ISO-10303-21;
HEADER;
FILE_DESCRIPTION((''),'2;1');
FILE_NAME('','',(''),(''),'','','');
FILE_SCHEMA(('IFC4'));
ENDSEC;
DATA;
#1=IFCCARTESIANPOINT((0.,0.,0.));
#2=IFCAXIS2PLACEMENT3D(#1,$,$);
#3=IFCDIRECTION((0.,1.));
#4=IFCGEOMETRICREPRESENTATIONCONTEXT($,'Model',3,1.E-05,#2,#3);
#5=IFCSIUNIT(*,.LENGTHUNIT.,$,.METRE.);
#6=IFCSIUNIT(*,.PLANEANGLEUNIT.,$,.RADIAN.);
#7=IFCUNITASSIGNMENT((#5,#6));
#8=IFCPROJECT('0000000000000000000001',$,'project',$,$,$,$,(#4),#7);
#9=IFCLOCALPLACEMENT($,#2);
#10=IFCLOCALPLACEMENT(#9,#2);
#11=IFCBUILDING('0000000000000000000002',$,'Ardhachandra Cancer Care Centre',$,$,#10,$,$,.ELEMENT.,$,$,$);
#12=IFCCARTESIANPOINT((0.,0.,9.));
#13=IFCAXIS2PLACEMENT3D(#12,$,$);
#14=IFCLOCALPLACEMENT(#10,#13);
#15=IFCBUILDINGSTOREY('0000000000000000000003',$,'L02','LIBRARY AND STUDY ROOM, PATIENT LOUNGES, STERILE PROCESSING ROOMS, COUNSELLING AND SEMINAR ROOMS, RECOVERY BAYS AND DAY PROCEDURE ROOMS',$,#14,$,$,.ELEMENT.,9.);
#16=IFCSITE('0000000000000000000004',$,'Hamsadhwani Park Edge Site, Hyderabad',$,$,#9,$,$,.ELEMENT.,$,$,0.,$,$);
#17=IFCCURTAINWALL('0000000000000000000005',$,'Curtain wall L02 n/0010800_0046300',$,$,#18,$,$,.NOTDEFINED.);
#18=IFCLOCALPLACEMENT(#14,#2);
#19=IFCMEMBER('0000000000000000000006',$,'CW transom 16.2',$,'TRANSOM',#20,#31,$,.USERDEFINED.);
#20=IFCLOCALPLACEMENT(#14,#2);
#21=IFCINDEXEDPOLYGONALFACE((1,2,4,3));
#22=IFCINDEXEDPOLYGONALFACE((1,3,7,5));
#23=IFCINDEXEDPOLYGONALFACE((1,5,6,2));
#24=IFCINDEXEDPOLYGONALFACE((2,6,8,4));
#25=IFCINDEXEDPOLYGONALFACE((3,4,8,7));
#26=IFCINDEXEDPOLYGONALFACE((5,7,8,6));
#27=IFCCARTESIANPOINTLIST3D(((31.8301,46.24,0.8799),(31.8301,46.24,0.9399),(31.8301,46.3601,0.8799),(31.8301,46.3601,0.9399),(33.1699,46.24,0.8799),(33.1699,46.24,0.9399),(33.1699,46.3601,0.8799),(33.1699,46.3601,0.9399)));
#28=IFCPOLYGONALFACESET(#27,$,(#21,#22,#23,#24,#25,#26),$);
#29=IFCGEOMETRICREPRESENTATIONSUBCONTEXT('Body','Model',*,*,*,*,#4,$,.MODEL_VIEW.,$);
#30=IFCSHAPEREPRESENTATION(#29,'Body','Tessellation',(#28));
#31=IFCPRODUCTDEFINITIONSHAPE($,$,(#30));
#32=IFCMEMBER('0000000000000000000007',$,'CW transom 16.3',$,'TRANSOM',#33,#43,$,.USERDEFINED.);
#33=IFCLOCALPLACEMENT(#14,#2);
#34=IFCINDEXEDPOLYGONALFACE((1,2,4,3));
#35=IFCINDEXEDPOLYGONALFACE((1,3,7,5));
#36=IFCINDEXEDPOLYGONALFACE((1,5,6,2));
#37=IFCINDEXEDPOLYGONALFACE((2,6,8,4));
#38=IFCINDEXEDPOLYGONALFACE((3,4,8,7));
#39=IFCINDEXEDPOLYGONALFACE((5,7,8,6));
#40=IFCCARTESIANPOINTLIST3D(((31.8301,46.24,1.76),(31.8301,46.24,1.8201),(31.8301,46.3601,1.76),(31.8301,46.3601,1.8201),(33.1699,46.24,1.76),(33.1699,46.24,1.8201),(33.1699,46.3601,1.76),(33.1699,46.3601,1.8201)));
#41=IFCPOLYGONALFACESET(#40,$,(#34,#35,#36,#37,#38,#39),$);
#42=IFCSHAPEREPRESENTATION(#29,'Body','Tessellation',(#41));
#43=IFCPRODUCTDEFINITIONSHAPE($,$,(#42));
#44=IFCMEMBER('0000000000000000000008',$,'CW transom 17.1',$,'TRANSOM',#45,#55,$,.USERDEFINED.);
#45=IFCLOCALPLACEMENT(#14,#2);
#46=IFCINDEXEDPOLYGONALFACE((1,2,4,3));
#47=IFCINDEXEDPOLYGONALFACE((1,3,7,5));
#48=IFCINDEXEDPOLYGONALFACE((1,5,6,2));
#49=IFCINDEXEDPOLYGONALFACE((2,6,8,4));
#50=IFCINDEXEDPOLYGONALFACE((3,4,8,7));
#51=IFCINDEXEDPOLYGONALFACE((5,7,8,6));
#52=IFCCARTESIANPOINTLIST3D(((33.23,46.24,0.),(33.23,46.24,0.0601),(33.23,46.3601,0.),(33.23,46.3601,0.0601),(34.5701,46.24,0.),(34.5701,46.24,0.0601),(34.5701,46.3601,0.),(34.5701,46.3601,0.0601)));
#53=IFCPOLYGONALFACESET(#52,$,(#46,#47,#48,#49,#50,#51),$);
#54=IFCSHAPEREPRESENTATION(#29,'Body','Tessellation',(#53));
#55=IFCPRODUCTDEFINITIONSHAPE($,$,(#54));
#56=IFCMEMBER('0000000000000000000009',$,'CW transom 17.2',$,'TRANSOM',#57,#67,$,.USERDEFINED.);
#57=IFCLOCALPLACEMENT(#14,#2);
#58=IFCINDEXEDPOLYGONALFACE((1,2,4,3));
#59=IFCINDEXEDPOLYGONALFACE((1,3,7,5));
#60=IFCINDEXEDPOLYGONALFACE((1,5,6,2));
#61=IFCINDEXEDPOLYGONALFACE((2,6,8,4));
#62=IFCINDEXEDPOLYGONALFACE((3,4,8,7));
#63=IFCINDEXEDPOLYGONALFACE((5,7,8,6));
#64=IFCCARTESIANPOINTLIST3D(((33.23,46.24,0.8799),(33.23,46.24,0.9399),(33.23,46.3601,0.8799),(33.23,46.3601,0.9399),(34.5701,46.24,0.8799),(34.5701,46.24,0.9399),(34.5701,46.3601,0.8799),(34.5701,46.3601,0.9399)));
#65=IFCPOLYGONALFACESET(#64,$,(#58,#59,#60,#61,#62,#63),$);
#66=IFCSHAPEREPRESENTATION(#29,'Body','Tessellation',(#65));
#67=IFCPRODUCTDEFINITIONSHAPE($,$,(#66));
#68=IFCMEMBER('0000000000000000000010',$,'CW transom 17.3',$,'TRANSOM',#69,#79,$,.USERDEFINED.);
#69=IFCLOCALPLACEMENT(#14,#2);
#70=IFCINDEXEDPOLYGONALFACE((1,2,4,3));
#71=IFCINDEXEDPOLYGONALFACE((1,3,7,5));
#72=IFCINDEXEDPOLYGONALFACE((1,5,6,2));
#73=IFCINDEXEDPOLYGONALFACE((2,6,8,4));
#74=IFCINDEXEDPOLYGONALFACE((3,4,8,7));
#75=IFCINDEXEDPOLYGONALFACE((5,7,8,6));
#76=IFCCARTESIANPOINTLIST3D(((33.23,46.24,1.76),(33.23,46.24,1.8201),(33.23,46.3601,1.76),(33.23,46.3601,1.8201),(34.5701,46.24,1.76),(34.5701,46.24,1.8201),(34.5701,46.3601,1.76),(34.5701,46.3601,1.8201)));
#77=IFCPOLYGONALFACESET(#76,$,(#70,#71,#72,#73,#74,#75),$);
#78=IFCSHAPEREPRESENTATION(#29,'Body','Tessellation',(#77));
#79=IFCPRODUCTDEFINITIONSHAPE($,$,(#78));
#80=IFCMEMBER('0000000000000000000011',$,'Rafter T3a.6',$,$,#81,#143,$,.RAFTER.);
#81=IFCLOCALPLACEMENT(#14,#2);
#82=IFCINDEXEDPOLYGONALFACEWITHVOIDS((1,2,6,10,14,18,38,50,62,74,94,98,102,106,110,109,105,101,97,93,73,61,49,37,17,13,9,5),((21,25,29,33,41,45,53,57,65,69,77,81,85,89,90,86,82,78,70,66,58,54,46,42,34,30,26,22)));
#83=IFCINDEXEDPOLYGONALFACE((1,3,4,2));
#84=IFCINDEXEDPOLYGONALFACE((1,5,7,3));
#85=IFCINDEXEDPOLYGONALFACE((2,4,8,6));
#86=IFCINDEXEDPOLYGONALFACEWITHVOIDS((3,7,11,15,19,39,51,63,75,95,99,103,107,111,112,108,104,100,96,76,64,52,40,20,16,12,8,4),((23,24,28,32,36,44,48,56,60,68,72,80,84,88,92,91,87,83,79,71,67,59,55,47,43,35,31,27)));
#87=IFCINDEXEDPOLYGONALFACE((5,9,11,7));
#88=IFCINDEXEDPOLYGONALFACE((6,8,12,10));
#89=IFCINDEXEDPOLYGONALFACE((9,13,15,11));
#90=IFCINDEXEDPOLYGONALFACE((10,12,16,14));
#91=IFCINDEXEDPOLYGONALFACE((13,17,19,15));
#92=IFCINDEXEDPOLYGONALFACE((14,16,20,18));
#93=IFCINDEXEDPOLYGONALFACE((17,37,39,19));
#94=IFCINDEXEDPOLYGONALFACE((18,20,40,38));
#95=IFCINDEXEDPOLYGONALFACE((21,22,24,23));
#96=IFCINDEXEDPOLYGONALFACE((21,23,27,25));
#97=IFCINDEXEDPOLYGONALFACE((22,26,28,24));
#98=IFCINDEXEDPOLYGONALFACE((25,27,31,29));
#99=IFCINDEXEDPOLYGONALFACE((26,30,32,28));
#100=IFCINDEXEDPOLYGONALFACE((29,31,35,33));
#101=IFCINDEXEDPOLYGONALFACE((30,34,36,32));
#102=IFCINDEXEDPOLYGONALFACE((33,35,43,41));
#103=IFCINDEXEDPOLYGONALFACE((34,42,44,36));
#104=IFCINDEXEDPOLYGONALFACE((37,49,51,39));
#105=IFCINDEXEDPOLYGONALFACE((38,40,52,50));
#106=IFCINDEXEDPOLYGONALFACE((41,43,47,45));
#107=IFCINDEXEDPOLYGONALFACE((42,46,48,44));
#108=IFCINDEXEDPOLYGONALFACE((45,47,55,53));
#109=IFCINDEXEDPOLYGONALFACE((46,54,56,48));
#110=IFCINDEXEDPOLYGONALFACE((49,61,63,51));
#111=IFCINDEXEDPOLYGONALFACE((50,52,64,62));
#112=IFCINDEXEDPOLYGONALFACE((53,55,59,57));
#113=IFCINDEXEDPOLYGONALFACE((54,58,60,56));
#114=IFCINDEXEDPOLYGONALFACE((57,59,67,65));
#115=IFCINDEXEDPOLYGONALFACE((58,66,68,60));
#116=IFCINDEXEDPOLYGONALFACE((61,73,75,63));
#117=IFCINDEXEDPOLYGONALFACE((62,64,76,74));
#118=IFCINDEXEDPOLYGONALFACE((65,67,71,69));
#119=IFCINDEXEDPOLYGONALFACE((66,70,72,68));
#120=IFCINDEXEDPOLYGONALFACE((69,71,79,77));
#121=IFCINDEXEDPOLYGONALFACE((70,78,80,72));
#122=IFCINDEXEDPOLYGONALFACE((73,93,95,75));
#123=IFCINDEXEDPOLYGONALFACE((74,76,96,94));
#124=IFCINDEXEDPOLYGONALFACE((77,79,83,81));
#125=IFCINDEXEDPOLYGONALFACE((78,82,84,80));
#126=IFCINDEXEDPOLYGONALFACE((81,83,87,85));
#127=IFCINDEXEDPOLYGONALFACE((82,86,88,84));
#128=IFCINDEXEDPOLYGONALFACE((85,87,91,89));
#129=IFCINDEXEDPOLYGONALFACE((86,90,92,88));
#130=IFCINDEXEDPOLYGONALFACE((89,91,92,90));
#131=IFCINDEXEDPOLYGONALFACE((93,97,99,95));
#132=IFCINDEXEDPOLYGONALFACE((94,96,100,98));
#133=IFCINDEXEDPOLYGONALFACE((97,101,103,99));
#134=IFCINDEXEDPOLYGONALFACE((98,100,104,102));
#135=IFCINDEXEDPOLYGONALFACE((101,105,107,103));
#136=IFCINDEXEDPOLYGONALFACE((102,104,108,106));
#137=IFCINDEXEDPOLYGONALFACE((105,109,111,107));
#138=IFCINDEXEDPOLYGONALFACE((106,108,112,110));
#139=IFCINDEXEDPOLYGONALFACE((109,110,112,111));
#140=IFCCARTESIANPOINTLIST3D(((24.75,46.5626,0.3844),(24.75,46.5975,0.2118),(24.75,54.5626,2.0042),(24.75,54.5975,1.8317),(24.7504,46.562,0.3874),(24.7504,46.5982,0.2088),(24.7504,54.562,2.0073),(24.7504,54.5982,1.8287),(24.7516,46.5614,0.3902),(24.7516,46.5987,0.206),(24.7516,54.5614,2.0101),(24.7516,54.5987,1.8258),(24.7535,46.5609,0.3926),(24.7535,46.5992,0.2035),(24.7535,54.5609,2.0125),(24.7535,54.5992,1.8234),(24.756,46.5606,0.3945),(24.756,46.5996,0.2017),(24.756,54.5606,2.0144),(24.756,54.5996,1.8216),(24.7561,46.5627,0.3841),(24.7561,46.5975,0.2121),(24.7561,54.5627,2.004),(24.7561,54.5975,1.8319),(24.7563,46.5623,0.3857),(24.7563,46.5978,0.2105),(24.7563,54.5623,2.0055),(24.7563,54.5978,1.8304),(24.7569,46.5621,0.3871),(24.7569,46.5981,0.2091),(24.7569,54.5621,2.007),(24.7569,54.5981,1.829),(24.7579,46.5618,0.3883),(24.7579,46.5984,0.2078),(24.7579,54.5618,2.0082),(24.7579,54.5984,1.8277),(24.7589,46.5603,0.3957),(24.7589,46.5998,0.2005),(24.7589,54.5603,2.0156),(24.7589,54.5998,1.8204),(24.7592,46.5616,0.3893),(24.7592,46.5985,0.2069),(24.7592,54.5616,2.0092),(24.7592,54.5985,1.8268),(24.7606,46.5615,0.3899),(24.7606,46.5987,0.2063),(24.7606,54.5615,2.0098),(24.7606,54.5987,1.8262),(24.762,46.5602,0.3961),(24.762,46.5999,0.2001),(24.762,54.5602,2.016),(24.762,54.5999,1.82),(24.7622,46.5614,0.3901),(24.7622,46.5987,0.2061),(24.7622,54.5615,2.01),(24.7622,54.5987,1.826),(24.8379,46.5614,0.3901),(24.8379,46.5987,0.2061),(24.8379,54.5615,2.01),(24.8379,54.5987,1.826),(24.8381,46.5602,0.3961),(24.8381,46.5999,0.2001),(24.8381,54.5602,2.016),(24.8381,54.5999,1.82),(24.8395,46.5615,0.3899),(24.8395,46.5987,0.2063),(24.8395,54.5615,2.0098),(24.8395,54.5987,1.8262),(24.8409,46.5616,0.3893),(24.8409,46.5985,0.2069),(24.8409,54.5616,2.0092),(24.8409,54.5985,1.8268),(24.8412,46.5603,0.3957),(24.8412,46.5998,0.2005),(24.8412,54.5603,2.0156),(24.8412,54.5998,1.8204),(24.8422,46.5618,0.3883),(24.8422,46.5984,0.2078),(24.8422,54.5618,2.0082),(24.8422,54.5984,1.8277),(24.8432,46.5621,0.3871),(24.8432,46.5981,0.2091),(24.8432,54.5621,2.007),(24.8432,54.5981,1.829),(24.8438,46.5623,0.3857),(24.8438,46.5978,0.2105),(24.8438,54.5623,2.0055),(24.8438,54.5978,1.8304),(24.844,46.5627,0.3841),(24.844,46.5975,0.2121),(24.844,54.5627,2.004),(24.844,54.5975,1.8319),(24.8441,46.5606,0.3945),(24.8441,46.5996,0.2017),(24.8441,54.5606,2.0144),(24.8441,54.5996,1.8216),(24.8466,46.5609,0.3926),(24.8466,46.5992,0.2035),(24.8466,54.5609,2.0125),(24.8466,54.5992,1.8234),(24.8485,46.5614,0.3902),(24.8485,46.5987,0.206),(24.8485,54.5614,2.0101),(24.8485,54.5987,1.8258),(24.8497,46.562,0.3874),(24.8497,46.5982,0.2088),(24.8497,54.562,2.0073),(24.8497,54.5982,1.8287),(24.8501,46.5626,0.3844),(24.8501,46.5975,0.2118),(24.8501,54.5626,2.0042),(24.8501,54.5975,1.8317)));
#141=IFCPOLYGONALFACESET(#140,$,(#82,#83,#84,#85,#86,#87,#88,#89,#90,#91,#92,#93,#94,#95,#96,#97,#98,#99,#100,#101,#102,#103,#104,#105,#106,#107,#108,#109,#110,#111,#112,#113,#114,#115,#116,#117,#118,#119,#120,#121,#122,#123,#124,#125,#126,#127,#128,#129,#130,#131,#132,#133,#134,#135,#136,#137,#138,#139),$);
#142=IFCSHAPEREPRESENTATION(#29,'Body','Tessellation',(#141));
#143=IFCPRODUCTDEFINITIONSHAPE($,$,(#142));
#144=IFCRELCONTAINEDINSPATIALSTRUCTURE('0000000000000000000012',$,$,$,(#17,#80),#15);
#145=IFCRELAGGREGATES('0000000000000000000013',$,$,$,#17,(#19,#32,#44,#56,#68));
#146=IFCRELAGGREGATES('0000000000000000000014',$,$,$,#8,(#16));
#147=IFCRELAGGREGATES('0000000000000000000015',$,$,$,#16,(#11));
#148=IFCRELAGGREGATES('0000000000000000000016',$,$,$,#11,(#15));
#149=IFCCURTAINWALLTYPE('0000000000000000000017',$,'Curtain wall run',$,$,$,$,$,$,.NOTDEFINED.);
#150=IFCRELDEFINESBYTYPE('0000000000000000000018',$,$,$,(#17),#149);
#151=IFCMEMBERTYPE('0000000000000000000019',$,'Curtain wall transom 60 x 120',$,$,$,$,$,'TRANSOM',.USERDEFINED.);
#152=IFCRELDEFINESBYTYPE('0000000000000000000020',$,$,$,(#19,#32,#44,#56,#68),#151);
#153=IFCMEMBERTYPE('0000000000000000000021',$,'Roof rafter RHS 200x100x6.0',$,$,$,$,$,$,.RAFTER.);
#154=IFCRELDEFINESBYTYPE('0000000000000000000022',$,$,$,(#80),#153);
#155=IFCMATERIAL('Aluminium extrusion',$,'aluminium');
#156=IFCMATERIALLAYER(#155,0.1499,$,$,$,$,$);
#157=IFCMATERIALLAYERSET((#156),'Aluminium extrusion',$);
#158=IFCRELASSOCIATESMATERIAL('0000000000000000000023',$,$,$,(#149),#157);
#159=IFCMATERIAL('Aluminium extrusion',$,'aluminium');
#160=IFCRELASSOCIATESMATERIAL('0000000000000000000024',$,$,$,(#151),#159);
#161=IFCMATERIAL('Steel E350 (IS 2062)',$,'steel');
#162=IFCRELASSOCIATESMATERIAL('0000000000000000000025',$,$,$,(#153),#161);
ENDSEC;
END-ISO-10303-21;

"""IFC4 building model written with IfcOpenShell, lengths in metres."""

from ifc_helpers import new_model, si_unit, direction, frame, origin, origin_2d, place, context, subcontext, project, spatial, rectangle, hollow_rectangle, extrude, material, layer, layer_set, material_profile, profile_set, type_object, element, aggregate, save


model = new_model("IFC4")

# Units and contexts
model_context = context("Model", 3, precision=1e-05, world=origin(), true_north=direction((0.0, 1.0)))
body_context = subcontext(model_context, "Body", "Model", "MODEL_VIEW")
ifc_project = project(units=[si_unit("LENGTHUNIT", "METRE"), si_unit("PLANEANGLEUNIT", "RADIAN")], contexts=[model_context])

# Site, building, storey
site_placement = place(None, origin())
site = spatial("IfcSite", under=ifc_project, at=site_placement, Name="Hamsadhwani Park Edge Site, Hyderabad", CompositionType="ELEMENT", RefElevation=0.0)
building_placement = place(site_placement, origin())
building = spatial("IfcBuilding", under=site, at=building_placement, Name="Ardhachandra Cancer Care Centre", CompositionType="ELEMENT")
storey_placement = place(building_placement, frame((0.0, 0.0, 9.0)))
storey = spatial("IfcBuildingStorey", under=building, at=storey_placement, Name="L02", Description="LIBRARY AND STUDY ROOM, PATIENT LOUNGES, STERILE PROCESSING ROOMS, COUNSELLING AND SEMINAR ROOMS, RECOVERY BAYS AND DAY PROCEDURE ROOMS", CompositionType="ELEMENT", Elevation=9.0)

# Curtain wall, members
ifc_material_1 = material(Name="Aluminium extrusion", Category="aluminium")
ifc_layer_1 = layer(ifc_material_1, 0.1499)
ifc_layer_set_1 = layer_set([ifc_layer_1], Name="Aluminium extrusion")
curtain_wall_type = type_object("IfcCurtainWallType", Name="Curtain wall run", PredefinedType="NOTDEFINED", material=ifc_layer_set_1)
curtain_wall_placement = place(storey_placement, origin())
curtain_wall = element("IfcCurtainWall", 1, at=curtain_wall_placement, inside=storey, type_object=curtain_wall_type, Name="Curtain wall L02 n/0010800_0046300", PredefinedType="NOTDEFINED")
ifc_material_2 = material(Name="Aluminium extrusion", Category="aluminium")
ifc_material_profile_1 = material_profile(ifc_material_2, rectangle(XDim=0.1201, YDim=0.0601, at=origin_2d()), Name="Curtain wall transom 60 x 120")
ifc_profile_set_1 = profile_set([ifc_material_profile_1], Name="Aluminium extrusion")
member_type_1 = type_object("IfcMemberType", Name="Curtain wall transom 60 x 120", ElementType="TRANSOM", PredefinedType="USERDEFINED", material=ifc_profile_set_1)
member_1_placement = place(storey_placement, frame((31.8301, 46.3, 0.9099), z_axis=(1.0, 0.0, 0.0), x_axis=(0.0, 1.0, 0.0)))
member_1 = element("IfcMember", 2, at=member_1_placement, type_object=member_type_1, Name="CW transom 16.2", ObjectType="TRANSOM", PredefinedType="USERDEFINED", context=body_context, shape_type="SweptSolid", body=[
    extrude(rectangle(XDim=0.1201, YDim=0.0601, at=origin_2d()), origin(), (0.0, 0.0, 1.0), 1.3398),
])
member_2_placement = place(storey_placement, frame((31.8301, 46.3, 1.79), z_axis=(1.0, 0.0, 0.0), x_axis=(0.0, 1.0, 0.0)))
member_2 = element("IfcMember", 3, at=member_2_placement, type_object=member_type_1, Name="CW transom 16.3", ObjectType="TRANSOM", PredefinedType="USERDEFINED", context=body_context, shape_type="SweptSolid", body=[
    extrude(rectangle(XDim=0.1201, YDim=0.0601, at=origin_2d()), origin(), (0.0, 0.0, 1.0), 1.3398),
])
member_3_placement = place(storey_placement, frame((33.23, 46.3, 0.03), z_axis=(1.0, 0.0, 0.0), x_axis=(0.0, 1.0, 0.0)))
member_3 = element("IfcMember", 4, at=member_3_placement, type_object=member_type_1, Name="CW transom 17.1", ObjectType="TRANSOM", PredefinedType="USERDEFINED", context=body_context, shape_type="SweptSolid", body=[
    extrude(rectangle(XDim=0.1201, YDim=0.0601, at=origin_2d()), origin(), (0.0, 0.0, 1.0), 1.3401),
])
member_4_placement = place(storey_placement, frame((33.23, 46.3, 0.9099), z_axis=(1.0, 0.0, 0.0), x_axis=(0.0, 1.0, 0.0)))
member_4 = element("IfcMember", 5, at=member_4_placement, type_object=member_type_1, Name="CW transom 17.2", ObjectType="TRANSOM", PredefinedType="USERDEFINED", context=body_context, shape_type="SweptSolid", body=[
    extrude(rectangle(XDim=0.1201, YDim=0.0601, at=origin_2d()), origin(), (0.0, 0.0, 1.0), 1.3401),
])
member_5_placement = place(storey_placement, frame((33.23, 46.3, 1.79), z_axis=(1.0, 0.0, 0.0), x_axis=(0.0, 1.0, 0.0)))
member_5 = element("IfcMember", 6, at=member_5_placement, type_object=member_type_1, Name="CW transom 17.3", ObjectType="TRANSOM", PredefinedType="USERDEFINED", context=body_context, shape_type="SweptSolid", body=[
    extrude(rectangle(XDim=0.1201, YDim=0.0601, at=origin_2d()), origin(), (0.0, 0.0, 1.0), 1.3401),
])

# Member
ifc_material_3 = material(Name="Steel E350 (IS 2062)", Category="steel")
ifc_material_profile_2 = material_profile(ifc_material_3, hollow_rectangle(XDim=0.1001, YDim=0.2, WallThickness=0.0061, InnerFilletRadius=0.0061, OuterFilletRadius=0.012, at=origin_2d()), Name="RHS 200x100x6.0")
ifc_profile_set_2 = profile_set([ifc_material_profile_2], Name="Steel E350 (IS 2062)")
member_type_2 = type_object("IfcMemberType", Name="Roof rafter RHS 200x100x6.0", PredefinedType="RAFTER", material=ifc_profile_set_2)
for number, where, z_axis, x_axis, name in (
    (7, (24.8, 46.5801, 0.2981), (0.0, 0.98011, 0.198457), (-1.0, 0.0, 0.0), "Rafter T3a.6"),
):
    element("IfcMember", number, at=place(storey_placement, frame(where, z_axis=z_axis, x_axis=x_axis)), inside=storey, type_object=member_type_2, Name=name, PredefinedType="RAFTER", context=body_context, shape_type="SweptSolid", body=[
        extrude(hollow_rectangle(XDim=0.1001, YDim=0.2, WallThickness=0.0061, InnerFilletRadius=0.0061, OuterFilletRadius=0.012, at=origin_2d()), origin(), (0.0, 0.0, 1.0), 8.1624),
    ])

aggregate(curtain_wall, [member_1, member_2, member_3, member_4, member_5])

save(model, "model.ifc")
